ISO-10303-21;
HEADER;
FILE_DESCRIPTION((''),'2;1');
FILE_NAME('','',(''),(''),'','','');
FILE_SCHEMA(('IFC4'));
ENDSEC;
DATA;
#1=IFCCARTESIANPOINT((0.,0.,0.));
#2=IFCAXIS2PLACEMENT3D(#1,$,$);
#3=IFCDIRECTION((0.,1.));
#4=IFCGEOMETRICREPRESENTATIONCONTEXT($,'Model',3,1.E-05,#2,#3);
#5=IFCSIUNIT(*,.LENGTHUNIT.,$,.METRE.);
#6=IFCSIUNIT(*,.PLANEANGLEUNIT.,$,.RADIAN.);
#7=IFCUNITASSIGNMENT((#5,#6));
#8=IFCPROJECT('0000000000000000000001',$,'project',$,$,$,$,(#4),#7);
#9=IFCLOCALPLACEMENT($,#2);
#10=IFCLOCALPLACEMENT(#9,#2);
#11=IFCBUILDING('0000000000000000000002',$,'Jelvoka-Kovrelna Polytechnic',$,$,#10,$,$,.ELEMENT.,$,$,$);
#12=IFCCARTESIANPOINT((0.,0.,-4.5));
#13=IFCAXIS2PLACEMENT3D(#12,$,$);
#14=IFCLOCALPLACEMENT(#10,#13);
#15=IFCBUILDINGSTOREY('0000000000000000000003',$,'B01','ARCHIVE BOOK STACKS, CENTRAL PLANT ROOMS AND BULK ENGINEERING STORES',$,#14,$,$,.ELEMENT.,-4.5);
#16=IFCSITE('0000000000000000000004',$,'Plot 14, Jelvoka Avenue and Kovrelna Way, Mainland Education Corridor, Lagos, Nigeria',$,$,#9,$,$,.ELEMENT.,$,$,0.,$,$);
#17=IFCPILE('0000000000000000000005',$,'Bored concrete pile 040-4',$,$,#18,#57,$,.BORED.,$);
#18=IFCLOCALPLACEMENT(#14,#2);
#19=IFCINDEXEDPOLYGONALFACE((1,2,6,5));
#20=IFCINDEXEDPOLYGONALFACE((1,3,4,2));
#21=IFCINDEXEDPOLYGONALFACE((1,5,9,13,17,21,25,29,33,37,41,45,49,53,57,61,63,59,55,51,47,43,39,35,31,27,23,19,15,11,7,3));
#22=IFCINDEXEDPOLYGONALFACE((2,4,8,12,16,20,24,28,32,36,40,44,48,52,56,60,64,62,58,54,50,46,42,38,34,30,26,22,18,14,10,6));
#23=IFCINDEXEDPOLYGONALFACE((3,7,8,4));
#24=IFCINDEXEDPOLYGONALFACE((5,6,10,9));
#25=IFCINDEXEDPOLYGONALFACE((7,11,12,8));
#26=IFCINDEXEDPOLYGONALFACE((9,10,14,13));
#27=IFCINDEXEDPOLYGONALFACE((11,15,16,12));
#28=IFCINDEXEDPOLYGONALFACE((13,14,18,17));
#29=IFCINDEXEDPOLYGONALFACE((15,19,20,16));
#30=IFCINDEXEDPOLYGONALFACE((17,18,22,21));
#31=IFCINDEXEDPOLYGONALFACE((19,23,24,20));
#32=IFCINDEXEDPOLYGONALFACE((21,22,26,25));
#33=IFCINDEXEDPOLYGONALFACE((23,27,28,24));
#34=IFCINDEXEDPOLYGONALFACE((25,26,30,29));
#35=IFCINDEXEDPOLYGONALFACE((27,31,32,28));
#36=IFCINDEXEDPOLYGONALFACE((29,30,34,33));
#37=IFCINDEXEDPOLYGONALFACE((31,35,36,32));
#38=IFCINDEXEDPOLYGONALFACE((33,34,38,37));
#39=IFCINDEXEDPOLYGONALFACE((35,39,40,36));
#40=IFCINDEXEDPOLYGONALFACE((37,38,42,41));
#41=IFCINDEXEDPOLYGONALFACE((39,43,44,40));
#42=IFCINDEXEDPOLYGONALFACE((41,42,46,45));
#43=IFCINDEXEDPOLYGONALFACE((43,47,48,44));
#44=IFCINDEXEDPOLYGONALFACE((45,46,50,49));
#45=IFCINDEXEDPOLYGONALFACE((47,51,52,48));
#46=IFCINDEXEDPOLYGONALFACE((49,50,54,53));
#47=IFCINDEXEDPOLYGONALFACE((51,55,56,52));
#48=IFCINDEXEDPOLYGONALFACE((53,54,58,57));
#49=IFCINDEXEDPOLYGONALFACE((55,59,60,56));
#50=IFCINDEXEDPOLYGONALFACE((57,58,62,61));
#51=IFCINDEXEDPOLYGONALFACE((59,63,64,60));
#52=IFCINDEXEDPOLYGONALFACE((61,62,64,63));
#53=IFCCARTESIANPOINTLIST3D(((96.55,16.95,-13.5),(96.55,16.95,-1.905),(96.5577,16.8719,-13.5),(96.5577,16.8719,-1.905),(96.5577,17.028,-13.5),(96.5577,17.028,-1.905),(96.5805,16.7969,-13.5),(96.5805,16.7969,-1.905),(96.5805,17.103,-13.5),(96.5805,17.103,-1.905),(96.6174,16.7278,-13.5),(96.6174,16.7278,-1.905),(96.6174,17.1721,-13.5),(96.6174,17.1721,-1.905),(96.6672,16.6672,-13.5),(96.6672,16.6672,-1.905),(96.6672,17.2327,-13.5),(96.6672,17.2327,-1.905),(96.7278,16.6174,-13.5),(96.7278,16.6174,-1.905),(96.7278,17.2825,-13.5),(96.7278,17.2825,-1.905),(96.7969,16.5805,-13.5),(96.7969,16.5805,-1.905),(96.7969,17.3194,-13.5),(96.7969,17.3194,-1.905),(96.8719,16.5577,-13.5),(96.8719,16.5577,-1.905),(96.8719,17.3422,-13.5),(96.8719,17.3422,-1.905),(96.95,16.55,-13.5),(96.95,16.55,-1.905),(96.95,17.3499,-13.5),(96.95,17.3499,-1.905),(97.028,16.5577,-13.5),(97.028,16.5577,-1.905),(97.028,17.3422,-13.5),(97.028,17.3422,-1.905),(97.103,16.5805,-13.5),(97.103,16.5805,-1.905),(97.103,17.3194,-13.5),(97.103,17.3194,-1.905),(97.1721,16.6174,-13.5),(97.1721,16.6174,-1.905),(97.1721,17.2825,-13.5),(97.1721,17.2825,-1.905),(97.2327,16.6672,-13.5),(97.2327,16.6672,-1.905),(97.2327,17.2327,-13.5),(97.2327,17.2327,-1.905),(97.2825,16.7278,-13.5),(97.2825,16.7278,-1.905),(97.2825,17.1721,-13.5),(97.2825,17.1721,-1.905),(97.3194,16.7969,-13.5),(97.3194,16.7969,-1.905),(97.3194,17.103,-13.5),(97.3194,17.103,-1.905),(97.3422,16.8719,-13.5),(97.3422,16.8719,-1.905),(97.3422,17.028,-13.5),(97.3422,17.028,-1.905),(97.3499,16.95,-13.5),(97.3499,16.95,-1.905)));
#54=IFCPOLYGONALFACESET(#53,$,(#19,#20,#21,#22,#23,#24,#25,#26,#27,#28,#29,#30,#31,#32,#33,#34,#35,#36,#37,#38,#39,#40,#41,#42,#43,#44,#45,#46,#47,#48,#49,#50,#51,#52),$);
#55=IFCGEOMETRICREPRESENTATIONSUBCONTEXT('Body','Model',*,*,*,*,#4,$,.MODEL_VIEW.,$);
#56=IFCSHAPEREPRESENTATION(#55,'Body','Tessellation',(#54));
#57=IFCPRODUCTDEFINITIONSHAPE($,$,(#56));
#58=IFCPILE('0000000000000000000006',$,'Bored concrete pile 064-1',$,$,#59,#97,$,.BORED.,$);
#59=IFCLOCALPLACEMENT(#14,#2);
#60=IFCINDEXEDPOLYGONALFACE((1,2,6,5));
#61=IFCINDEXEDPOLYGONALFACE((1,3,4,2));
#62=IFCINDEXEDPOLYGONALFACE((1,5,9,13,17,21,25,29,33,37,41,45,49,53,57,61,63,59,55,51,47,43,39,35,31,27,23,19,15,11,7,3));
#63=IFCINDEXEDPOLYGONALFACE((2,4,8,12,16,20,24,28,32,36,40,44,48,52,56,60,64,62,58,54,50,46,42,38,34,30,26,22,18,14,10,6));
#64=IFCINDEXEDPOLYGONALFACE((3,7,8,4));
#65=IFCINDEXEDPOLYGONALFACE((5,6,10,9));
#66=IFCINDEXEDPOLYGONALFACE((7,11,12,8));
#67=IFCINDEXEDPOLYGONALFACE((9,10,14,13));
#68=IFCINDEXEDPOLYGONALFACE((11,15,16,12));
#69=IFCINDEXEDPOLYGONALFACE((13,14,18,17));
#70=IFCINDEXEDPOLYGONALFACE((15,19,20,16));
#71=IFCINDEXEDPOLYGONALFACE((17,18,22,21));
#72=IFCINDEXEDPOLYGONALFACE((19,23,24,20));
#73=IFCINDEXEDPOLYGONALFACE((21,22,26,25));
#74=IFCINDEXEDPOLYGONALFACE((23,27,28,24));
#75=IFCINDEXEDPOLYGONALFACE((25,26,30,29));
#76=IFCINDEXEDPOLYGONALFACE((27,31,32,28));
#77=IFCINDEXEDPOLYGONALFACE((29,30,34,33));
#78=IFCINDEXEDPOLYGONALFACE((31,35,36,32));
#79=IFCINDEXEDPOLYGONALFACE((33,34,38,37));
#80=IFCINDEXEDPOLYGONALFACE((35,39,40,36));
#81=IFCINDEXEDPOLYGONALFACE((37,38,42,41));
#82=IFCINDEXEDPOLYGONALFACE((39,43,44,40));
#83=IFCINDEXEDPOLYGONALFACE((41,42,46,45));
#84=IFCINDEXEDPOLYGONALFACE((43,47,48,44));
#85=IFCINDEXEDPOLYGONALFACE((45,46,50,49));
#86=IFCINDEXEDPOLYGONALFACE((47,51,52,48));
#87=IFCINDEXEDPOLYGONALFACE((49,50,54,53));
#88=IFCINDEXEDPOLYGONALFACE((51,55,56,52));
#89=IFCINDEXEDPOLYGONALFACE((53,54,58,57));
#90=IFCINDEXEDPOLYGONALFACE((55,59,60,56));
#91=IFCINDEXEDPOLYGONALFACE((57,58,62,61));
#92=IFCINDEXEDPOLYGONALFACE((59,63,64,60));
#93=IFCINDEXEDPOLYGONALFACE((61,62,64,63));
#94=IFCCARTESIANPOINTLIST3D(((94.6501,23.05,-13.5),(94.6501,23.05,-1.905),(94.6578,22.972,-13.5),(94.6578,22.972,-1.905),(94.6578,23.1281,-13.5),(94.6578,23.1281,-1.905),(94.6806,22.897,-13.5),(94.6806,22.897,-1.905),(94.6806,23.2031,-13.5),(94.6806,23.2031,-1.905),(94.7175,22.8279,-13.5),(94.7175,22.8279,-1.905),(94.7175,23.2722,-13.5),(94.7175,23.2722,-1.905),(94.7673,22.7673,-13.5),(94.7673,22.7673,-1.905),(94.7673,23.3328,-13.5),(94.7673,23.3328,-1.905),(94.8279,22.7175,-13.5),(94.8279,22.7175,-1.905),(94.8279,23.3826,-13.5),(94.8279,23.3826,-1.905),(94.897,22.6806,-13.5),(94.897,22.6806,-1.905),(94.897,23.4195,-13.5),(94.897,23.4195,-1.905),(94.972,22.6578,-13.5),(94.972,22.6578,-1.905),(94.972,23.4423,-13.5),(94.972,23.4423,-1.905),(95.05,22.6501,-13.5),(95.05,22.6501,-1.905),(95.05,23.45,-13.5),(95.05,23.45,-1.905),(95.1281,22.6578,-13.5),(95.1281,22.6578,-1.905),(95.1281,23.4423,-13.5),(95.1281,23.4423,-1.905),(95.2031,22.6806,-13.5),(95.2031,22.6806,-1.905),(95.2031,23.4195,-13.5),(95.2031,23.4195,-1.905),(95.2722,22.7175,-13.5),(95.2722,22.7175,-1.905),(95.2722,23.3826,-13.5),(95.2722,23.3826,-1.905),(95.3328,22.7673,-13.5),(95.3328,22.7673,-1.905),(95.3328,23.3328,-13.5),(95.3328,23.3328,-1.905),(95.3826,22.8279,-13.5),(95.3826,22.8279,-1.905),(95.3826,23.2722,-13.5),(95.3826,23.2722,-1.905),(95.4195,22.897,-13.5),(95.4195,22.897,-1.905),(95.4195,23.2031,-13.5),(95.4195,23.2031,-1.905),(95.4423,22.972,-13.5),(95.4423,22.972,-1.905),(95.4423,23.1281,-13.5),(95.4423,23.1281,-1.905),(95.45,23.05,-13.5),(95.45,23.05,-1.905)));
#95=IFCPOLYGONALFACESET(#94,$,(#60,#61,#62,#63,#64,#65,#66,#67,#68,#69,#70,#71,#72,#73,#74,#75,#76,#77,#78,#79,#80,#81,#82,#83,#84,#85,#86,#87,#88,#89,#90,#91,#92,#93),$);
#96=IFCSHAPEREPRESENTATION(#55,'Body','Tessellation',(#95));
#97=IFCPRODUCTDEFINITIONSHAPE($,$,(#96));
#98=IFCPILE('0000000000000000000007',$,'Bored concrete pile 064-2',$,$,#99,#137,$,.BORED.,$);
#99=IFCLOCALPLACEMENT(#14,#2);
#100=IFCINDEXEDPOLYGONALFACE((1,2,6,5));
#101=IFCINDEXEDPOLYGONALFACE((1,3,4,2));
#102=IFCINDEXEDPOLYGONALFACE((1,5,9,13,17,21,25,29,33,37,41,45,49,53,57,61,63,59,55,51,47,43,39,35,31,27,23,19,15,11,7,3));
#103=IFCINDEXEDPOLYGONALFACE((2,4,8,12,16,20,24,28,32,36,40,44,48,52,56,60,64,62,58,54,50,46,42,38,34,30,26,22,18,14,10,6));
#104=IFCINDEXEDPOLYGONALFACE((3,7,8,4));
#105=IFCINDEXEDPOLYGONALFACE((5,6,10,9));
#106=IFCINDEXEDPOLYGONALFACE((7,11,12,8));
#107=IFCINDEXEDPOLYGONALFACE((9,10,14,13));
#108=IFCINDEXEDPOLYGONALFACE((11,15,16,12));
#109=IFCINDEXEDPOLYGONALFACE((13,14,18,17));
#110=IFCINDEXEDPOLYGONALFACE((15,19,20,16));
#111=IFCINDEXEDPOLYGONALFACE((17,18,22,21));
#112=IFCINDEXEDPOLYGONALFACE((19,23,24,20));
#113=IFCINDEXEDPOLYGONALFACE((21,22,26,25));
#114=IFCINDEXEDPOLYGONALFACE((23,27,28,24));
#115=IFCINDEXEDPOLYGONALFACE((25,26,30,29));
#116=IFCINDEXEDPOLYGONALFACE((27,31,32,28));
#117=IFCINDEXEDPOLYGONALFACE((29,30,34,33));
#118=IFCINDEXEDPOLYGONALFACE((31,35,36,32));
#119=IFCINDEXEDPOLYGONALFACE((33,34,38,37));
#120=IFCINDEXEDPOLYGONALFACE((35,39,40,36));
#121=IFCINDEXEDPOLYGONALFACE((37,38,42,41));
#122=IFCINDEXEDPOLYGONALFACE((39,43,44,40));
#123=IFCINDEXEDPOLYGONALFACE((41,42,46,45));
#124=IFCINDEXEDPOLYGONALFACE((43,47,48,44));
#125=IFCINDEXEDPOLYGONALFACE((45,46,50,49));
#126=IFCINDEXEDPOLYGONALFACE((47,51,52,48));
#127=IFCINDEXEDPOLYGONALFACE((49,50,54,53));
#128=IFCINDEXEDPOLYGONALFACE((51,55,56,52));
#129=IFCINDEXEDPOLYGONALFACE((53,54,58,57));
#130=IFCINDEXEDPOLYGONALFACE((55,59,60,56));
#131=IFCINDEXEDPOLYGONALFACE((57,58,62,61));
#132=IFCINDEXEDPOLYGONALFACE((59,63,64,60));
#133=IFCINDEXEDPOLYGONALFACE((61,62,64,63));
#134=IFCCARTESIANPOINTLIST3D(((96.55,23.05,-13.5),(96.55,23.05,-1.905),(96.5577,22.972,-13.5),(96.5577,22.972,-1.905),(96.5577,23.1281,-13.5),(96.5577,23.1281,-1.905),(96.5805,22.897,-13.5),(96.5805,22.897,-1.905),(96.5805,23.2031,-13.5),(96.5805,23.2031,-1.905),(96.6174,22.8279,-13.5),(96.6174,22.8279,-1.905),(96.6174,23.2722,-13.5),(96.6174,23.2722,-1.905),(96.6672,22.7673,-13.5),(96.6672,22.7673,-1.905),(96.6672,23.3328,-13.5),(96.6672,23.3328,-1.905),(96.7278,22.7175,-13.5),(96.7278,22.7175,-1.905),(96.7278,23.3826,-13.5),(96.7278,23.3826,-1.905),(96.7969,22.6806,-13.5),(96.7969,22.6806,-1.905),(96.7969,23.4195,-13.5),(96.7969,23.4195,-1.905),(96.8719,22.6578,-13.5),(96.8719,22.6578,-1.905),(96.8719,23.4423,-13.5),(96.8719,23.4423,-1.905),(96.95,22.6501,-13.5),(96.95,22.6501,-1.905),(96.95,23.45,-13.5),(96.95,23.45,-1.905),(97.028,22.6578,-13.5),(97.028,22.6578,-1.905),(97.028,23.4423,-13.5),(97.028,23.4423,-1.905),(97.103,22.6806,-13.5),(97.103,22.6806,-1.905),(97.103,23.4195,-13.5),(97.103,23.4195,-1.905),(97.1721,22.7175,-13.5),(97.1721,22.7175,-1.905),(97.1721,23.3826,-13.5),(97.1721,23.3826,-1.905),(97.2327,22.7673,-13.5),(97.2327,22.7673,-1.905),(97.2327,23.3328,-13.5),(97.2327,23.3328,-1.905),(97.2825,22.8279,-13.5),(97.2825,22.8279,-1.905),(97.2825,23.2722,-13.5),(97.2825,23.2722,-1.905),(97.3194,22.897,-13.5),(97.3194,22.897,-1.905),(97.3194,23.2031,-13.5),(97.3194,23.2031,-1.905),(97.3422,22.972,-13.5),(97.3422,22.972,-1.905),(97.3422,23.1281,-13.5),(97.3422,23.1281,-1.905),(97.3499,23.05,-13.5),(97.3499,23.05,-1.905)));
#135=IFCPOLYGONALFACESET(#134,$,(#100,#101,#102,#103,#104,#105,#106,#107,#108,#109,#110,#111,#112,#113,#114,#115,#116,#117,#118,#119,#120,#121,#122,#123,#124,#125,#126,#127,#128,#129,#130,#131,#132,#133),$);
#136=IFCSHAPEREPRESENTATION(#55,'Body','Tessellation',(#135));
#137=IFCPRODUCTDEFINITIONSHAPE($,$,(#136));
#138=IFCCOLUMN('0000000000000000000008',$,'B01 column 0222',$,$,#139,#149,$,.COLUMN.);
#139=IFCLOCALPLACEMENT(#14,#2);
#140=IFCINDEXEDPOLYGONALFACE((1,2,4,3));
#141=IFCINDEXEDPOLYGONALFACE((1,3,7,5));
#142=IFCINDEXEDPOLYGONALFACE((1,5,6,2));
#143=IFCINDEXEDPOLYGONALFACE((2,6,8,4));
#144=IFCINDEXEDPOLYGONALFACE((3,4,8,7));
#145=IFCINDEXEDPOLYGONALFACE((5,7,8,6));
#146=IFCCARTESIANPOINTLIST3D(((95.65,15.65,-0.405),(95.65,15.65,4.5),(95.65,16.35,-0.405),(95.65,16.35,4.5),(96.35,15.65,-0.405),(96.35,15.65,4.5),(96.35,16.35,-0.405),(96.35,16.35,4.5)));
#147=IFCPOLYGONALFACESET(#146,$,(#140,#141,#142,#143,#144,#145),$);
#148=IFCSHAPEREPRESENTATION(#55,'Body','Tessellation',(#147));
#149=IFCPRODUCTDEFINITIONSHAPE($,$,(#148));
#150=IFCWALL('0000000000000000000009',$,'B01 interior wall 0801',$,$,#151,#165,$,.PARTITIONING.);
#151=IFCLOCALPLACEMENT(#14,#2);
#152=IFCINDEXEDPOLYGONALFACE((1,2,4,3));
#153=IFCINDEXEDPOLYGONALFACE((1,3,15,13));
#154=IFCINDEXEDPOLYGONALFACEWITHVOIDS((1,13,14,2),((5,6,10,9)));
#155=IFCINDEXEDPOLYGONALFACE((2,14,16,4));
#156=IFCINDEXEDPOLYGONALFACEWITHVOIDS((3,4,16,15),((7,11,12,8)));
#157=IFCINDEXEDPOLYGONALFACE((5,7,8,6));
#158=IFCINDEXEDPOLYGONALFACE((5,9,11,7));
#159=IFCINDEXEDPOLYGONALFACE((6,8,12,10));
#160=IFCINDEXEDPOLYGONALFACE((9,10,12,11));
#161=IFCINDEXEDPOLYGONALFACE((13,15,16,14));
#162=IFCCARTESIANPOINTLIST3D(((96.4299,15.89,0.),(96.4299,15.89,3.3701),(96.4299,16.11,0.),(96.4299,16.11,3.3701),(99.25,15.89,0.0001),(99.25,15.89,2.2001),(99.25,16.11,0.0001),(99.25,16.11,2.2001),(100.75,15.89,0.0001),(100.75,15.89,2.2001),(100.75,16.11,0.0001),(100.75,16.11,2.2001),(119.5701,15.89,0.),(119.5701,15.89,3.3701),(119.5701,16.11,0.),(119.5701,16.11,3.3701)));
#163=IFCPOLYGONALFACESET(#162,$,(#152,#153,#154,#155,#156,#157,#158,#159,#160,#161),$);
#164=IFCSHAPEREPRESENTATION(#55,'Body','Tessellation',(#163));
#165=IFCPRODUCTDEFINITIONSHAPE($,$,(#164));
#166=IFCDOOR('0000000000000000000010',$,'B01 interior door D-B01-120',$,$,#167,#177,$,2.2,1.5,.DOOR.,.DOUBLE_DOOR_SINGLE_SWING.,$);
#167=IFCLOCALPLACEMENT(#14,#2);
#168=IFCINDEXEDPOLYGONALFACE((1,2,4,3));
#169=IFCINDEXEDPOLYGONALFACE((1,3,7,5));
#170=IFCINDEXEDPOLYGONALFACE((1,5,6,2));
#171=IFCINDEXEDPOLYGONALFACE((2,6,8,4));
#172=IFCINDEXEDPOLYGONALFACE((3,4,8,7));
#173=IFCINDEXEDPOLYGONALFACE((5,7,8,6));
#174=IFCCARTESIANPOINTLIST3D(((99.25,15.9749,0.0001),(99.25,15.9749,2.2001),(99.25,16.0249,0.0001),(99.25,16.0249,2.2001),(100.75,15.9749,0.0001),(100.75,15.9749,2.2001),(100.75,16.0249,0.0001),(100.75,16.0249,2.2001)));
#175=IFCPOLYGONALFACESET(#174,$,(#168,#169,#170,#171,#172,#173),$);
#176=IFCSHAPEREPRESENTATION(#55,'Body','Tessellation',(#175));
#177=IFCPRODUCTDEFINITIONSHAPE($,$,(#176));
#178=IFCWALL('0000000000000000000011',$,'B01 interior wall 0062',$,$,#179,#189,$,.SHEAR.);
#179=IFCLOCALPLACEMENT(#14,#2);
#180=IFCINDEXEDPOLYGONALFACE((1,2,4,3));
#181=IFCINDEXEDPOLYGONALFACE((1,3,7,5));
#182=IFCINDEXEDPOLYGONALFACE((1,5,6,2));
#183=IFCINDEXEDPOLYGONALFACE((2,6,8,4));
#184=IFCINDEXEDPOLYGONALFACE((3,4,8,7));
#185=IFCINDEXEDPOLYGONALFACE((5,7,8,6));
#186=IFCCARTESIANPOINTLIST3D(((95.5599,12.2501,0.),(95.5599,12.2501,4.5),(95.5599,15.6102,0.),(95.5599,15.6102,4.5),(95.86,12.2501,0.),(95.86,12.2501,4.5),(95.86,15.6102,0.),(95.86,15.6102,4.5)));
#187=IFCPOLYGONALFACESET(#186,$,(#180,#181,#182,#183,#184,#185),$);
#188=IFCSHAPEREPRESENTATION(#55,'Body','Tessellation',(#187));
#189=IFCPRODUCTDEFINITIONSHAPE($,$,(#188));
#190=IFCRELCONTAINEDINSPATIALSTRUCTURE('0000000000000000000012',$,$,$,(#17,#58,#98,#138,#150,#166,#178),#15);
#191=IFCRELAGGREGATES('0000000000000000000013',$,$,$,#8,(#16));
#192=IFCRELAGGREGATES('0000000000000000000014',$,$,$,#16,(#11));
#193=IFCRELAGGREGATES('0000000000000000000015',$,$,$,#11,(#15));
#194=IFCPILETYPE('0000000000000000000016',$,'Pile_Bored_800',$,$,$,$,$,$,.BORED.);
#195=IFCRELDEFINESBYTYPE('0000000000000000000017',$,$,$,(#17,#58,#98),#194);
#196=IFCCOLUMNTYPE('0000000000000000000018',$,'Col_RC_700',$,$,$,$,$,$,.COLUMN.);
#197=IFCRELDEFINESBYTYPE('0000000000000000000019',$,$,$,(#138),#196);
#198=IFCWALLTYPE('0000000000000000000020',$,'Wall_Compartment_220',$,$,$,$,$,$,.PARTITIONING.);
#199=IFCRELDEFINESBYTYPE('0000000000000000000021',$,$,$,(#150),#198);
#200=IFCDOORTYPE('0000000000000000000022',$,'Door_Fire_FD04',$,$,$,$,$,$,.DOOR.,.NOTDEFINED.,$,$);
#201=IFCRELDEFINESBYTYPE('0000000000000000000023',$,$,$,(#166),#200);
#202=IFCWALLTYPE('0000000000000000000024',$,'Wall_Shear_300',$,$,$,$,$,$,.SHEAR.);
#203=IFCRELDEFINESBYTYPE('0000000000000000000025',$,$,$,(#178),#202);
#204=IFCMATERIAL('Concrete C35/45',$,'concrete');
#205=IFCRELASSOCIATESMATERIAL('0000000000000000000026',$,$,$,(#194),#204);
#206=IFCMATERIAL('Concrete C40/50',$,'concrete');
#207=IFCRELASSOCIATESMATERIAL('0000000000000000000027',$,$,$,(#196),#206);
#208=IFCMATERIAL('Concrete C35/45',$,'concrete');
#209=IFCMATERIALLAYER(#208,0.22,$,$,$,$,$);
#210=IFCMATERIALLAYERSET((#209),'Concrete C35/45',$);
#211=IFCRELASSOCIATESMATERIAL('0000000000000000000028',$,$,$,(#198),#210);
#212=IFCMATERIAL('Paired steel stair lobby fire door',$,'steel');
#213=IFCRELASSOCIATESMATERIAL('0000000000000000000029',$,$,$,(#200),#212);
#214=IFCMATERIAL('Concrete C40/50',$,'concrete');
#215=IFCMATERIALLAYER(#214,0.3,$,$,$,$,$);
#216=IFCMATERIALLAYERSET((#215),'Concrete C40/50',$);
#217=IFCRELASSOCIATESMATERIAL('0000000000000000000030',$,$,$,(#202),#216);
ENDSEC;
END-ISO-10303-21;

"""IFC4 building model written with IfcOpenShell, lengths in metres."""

from ifc_helpers import new_model, si_unit, direction, frame, frame_2d, origin, origin_2d, place, context, subcontext, project, spatial, rectangle, circle, extrude, material, layer, layer_set, material_profile, profile_set, type_object, element, fill, save


model = new_model("IFC4")

# Units and contexts
model_context = context("Model", 3, precision=1e-05, world=origin(), true_north=direction((0.0, 1.0)))
body_context = subcontext(model_context, "Body", "Model", "MODEL_VIEW")
ifc_project = project(units=[si_unit("LENGTHUNIT", "METRE"), si_unit("PLANEANGLEUNIT", "RADIAN")], contexts=[model_context])

# Site, building, storey
site_placement = place(None, origin())
site = spatial("IfcSite", under=ifc_project, at=site_placement, Name="Plot 14, Jelvoka Avenue and Kovrelna Way, Mainland Education Corridor, Lagos, Nigeria", CompositionType="ELEMENT", RefElevation=0.0)
building_placement = place(site_placement, origin())
building = spatial("IfcBuilding", under=site, at=building_placement, Name="Jelvoka-Kovrelna Polytechnic", CompositionType="ELEMENT")
storey_placement = place(building_placement, frame((0.0, 0.0, -4.5)))
storey = spatial("IfcBuildingStorey", under=building, at=storey_placement, Name="B01", Description="ARCHIVE BOOK STACKS, CENTRAL PLANT ROOMS AND BULK ENGINEERING STORES", CompositionType="ELEMENT", Elevation=-4.5)

# Piles
ifc_material_1 = material(Name="Concrete C35/45", Category="concrete")
ifc_material_profile_1 = material_profile(ifc_material_1, circle(Radius=0.3999, at=origin_2d()), Name="PILE D800")
ifc_profile_set_1 = profile_set([ifc_material_profile_1], Name="Concrete C35/45")
pile_type = type_object("IfcPileType", Name="Pile_Bored_800", PredefinedType="BORED", material=ifc_profile_set_1)
for number, where, z_axis, x_axis, name in (
    (1, (96.95, 16.95, -1.905), (0.0, 0.0, -1.0), (1.0, 0.0, 0.0), "Bored concrete pile 040-4"),
    (2, (95.05, 23.05, -1.905), (0.0, 0.0, -1.0), (1.0, 0.0, 0.0), "Bored concrete pile 064-1"),
    (3, (96.95, 23.05, -1.905), (0.0, 0.0, -1.0), (1.0, 0.0, 0.0), "Bored concrete pile 064-2"),
):
    element("IfcPile", number, at=place(storey_placement, frame(where, z_axis=z_axis, x_axis=x_axis)), inside=storey, type_object=pile_type, Name=name, PredefinedType="BORED", context=body_context, shape_type="SweptSolid", body=[
        extrude(circle(Radius=0.3999, at=origin_2d()), origin(), (0.0, 0.0, 1.0), 11.595),
    ])

# Column
ifc_material_2 = material(Name="Concrete C40/50", Category="concrete")
ifc_material_profile_2 = material_profile(ifc_material_2, rectangle(XDim=0.7, YDim=0.7, at=origin_2d()), Name="RC 700x700")
ifc_profile_set_2 = profile_set([ifc_material_profile_2], Name="Concrete C40/50")
column_type = type_object("IfcColumnType", Name="Col_RC_700", PredefinedType="COLUMN", material=ifc_profile_set_2)
column_placement = place(storey_placement, frame((96.0, 16.0, -0.405), z_axis=(0.0, 0.0, 1.0), x_axis=(1.0, 0.0, 0.0)))
element("IfcColumn", 4, at=column_placement, inside=storey, type_object=column_type, Name="B01 column 0222", PredefinedType="COLUMN", context=body_context, shape_type="SweptSolid", body=[
    extrude(rectangle(XDim=0.7, YDim=0.7, at=origin_2d()), origin(), (0.0, 0.0, 1.0), 4.905),
])

# Wall, opening, door
ifc_material_3 = material(Name="Concrete C35/45", Category="concrete")
ifc_layer_1 = layer(ifc_material_3, 0.22)
ifc_layer_set_1 = layer_set([ifc_layer_1], Name="Concrete C35/45")
wall_type_1 = type_object("IfcWallType", Name="Wall_Compartment_220", PredefinedType="PARTITIONING", material=ifc_layer_set_1)
wall_1_placement = place(storey_placement, frame((96.4299, 16.0, 0.0), z_axis=(0.0, 0.0, 1.0), x_axis=(1.0, 0.0, 0.0)))
wall_1 = element("IfcWall", 5, at=wall_1_placement, inside=storey, type_object=wall_type_1, Name="B01 interior wall 0801", PredefinedType="PARTITIONING", context=body_context, shape_type="SweptSolid", body=[
    extrude(rectangle(XDim=23.1401, YDim=0.22, at=frame_2d((11.5701, 0.0))), origin(), (0.0, 0.0, 1.0), 3.3701),
])
opening_placement = place(wall_1_placement, frame((2.8201, 0.0, 0.0)))
opening = element("IfcOpeningElement", 6, at=opening_placement, cuts=wall_1, PredefinedType="OPENING", context=body_context, shape_type="SweptSolid", body=[
    extrude(rectangle(XDim=1.5, YDim=2.2, at=frame_2d((0.75, 1.1001))), frame((0.0, 0.1199, 0.0), z_axis=(0.0, -1.0, 0.0), x_axis=(1.0, 0.0, 0.0)), (0.0, 0.0, 1.0), 0.24),
])
ifc_material_4 = material(Name="Paired steel stair lobby fire door", Category="steel")
door_type = type_object("IfcDoorType", Name="Door_Fire_FD04", OperationType="NOTDEFINED", PredefinedType="DOOR", material=ifc_material_4)
door_placement = place(opening_placement, origin())
door = element("IfcDoor", 7, at=door_placement, inside=storey, type_object=door_type, Name="B01 interior door D-B01-120", OperationType="DOUBLE_DOOR_SINGLE_SWING", OverallHeight=2.2, OverallWidth=1.5, PredefinedType="DOOR", context=body_context, shape_type="SweptSolid", body=[
    extrude(rectangle(XDim=1.5, YDim=2.2, at=frame_2d((0.75, 1.1001))), frame((0.0, 0.0249, 0.0), z_axis=(0.0, -1.0, 0.0), x_axis=(1.0, 0.0, 0.0)), (0.0, 0.0, 1.0), 0.05),
])
fill(opening, door)

# Wall
ifc_material_5 = material(Name="Concrete C40/50", Category="concrete")
ifc_layer_2 = layer(ifc_material_5, 0.3)
ifc_layer_set_2 = layer_set([ifc_layer_2], Name="Concrete C40/50")
wall_type_2 = type_object("IfcWallType", Name="Wall_Shear_300", PredefinedType="SHEAR", material=ifc_layer_set_2)
wall_2_placement = place(storey_placement, frame((95.71, 12.25, 0.0), z_axis=(0.0, 0.0, 1.0), x_axis=(0.0, 1.0, 0.0)))
element("IfcWall", 8, at=wall_2_placement, inside=storey, type_object=wall_type_2, Name="B01 interior wall 0062", PredefinedType="SHEAR", context=body_context, shape_type="SweptSolid", body=[
    extrude(rectangle(XDim=3.3601, YDim=0.3, at=frame_2d((1.6802, 0.0))), origin(), (0.0, 0.0, 1.0), 4.5),
])

save(model, "model.ifc")
